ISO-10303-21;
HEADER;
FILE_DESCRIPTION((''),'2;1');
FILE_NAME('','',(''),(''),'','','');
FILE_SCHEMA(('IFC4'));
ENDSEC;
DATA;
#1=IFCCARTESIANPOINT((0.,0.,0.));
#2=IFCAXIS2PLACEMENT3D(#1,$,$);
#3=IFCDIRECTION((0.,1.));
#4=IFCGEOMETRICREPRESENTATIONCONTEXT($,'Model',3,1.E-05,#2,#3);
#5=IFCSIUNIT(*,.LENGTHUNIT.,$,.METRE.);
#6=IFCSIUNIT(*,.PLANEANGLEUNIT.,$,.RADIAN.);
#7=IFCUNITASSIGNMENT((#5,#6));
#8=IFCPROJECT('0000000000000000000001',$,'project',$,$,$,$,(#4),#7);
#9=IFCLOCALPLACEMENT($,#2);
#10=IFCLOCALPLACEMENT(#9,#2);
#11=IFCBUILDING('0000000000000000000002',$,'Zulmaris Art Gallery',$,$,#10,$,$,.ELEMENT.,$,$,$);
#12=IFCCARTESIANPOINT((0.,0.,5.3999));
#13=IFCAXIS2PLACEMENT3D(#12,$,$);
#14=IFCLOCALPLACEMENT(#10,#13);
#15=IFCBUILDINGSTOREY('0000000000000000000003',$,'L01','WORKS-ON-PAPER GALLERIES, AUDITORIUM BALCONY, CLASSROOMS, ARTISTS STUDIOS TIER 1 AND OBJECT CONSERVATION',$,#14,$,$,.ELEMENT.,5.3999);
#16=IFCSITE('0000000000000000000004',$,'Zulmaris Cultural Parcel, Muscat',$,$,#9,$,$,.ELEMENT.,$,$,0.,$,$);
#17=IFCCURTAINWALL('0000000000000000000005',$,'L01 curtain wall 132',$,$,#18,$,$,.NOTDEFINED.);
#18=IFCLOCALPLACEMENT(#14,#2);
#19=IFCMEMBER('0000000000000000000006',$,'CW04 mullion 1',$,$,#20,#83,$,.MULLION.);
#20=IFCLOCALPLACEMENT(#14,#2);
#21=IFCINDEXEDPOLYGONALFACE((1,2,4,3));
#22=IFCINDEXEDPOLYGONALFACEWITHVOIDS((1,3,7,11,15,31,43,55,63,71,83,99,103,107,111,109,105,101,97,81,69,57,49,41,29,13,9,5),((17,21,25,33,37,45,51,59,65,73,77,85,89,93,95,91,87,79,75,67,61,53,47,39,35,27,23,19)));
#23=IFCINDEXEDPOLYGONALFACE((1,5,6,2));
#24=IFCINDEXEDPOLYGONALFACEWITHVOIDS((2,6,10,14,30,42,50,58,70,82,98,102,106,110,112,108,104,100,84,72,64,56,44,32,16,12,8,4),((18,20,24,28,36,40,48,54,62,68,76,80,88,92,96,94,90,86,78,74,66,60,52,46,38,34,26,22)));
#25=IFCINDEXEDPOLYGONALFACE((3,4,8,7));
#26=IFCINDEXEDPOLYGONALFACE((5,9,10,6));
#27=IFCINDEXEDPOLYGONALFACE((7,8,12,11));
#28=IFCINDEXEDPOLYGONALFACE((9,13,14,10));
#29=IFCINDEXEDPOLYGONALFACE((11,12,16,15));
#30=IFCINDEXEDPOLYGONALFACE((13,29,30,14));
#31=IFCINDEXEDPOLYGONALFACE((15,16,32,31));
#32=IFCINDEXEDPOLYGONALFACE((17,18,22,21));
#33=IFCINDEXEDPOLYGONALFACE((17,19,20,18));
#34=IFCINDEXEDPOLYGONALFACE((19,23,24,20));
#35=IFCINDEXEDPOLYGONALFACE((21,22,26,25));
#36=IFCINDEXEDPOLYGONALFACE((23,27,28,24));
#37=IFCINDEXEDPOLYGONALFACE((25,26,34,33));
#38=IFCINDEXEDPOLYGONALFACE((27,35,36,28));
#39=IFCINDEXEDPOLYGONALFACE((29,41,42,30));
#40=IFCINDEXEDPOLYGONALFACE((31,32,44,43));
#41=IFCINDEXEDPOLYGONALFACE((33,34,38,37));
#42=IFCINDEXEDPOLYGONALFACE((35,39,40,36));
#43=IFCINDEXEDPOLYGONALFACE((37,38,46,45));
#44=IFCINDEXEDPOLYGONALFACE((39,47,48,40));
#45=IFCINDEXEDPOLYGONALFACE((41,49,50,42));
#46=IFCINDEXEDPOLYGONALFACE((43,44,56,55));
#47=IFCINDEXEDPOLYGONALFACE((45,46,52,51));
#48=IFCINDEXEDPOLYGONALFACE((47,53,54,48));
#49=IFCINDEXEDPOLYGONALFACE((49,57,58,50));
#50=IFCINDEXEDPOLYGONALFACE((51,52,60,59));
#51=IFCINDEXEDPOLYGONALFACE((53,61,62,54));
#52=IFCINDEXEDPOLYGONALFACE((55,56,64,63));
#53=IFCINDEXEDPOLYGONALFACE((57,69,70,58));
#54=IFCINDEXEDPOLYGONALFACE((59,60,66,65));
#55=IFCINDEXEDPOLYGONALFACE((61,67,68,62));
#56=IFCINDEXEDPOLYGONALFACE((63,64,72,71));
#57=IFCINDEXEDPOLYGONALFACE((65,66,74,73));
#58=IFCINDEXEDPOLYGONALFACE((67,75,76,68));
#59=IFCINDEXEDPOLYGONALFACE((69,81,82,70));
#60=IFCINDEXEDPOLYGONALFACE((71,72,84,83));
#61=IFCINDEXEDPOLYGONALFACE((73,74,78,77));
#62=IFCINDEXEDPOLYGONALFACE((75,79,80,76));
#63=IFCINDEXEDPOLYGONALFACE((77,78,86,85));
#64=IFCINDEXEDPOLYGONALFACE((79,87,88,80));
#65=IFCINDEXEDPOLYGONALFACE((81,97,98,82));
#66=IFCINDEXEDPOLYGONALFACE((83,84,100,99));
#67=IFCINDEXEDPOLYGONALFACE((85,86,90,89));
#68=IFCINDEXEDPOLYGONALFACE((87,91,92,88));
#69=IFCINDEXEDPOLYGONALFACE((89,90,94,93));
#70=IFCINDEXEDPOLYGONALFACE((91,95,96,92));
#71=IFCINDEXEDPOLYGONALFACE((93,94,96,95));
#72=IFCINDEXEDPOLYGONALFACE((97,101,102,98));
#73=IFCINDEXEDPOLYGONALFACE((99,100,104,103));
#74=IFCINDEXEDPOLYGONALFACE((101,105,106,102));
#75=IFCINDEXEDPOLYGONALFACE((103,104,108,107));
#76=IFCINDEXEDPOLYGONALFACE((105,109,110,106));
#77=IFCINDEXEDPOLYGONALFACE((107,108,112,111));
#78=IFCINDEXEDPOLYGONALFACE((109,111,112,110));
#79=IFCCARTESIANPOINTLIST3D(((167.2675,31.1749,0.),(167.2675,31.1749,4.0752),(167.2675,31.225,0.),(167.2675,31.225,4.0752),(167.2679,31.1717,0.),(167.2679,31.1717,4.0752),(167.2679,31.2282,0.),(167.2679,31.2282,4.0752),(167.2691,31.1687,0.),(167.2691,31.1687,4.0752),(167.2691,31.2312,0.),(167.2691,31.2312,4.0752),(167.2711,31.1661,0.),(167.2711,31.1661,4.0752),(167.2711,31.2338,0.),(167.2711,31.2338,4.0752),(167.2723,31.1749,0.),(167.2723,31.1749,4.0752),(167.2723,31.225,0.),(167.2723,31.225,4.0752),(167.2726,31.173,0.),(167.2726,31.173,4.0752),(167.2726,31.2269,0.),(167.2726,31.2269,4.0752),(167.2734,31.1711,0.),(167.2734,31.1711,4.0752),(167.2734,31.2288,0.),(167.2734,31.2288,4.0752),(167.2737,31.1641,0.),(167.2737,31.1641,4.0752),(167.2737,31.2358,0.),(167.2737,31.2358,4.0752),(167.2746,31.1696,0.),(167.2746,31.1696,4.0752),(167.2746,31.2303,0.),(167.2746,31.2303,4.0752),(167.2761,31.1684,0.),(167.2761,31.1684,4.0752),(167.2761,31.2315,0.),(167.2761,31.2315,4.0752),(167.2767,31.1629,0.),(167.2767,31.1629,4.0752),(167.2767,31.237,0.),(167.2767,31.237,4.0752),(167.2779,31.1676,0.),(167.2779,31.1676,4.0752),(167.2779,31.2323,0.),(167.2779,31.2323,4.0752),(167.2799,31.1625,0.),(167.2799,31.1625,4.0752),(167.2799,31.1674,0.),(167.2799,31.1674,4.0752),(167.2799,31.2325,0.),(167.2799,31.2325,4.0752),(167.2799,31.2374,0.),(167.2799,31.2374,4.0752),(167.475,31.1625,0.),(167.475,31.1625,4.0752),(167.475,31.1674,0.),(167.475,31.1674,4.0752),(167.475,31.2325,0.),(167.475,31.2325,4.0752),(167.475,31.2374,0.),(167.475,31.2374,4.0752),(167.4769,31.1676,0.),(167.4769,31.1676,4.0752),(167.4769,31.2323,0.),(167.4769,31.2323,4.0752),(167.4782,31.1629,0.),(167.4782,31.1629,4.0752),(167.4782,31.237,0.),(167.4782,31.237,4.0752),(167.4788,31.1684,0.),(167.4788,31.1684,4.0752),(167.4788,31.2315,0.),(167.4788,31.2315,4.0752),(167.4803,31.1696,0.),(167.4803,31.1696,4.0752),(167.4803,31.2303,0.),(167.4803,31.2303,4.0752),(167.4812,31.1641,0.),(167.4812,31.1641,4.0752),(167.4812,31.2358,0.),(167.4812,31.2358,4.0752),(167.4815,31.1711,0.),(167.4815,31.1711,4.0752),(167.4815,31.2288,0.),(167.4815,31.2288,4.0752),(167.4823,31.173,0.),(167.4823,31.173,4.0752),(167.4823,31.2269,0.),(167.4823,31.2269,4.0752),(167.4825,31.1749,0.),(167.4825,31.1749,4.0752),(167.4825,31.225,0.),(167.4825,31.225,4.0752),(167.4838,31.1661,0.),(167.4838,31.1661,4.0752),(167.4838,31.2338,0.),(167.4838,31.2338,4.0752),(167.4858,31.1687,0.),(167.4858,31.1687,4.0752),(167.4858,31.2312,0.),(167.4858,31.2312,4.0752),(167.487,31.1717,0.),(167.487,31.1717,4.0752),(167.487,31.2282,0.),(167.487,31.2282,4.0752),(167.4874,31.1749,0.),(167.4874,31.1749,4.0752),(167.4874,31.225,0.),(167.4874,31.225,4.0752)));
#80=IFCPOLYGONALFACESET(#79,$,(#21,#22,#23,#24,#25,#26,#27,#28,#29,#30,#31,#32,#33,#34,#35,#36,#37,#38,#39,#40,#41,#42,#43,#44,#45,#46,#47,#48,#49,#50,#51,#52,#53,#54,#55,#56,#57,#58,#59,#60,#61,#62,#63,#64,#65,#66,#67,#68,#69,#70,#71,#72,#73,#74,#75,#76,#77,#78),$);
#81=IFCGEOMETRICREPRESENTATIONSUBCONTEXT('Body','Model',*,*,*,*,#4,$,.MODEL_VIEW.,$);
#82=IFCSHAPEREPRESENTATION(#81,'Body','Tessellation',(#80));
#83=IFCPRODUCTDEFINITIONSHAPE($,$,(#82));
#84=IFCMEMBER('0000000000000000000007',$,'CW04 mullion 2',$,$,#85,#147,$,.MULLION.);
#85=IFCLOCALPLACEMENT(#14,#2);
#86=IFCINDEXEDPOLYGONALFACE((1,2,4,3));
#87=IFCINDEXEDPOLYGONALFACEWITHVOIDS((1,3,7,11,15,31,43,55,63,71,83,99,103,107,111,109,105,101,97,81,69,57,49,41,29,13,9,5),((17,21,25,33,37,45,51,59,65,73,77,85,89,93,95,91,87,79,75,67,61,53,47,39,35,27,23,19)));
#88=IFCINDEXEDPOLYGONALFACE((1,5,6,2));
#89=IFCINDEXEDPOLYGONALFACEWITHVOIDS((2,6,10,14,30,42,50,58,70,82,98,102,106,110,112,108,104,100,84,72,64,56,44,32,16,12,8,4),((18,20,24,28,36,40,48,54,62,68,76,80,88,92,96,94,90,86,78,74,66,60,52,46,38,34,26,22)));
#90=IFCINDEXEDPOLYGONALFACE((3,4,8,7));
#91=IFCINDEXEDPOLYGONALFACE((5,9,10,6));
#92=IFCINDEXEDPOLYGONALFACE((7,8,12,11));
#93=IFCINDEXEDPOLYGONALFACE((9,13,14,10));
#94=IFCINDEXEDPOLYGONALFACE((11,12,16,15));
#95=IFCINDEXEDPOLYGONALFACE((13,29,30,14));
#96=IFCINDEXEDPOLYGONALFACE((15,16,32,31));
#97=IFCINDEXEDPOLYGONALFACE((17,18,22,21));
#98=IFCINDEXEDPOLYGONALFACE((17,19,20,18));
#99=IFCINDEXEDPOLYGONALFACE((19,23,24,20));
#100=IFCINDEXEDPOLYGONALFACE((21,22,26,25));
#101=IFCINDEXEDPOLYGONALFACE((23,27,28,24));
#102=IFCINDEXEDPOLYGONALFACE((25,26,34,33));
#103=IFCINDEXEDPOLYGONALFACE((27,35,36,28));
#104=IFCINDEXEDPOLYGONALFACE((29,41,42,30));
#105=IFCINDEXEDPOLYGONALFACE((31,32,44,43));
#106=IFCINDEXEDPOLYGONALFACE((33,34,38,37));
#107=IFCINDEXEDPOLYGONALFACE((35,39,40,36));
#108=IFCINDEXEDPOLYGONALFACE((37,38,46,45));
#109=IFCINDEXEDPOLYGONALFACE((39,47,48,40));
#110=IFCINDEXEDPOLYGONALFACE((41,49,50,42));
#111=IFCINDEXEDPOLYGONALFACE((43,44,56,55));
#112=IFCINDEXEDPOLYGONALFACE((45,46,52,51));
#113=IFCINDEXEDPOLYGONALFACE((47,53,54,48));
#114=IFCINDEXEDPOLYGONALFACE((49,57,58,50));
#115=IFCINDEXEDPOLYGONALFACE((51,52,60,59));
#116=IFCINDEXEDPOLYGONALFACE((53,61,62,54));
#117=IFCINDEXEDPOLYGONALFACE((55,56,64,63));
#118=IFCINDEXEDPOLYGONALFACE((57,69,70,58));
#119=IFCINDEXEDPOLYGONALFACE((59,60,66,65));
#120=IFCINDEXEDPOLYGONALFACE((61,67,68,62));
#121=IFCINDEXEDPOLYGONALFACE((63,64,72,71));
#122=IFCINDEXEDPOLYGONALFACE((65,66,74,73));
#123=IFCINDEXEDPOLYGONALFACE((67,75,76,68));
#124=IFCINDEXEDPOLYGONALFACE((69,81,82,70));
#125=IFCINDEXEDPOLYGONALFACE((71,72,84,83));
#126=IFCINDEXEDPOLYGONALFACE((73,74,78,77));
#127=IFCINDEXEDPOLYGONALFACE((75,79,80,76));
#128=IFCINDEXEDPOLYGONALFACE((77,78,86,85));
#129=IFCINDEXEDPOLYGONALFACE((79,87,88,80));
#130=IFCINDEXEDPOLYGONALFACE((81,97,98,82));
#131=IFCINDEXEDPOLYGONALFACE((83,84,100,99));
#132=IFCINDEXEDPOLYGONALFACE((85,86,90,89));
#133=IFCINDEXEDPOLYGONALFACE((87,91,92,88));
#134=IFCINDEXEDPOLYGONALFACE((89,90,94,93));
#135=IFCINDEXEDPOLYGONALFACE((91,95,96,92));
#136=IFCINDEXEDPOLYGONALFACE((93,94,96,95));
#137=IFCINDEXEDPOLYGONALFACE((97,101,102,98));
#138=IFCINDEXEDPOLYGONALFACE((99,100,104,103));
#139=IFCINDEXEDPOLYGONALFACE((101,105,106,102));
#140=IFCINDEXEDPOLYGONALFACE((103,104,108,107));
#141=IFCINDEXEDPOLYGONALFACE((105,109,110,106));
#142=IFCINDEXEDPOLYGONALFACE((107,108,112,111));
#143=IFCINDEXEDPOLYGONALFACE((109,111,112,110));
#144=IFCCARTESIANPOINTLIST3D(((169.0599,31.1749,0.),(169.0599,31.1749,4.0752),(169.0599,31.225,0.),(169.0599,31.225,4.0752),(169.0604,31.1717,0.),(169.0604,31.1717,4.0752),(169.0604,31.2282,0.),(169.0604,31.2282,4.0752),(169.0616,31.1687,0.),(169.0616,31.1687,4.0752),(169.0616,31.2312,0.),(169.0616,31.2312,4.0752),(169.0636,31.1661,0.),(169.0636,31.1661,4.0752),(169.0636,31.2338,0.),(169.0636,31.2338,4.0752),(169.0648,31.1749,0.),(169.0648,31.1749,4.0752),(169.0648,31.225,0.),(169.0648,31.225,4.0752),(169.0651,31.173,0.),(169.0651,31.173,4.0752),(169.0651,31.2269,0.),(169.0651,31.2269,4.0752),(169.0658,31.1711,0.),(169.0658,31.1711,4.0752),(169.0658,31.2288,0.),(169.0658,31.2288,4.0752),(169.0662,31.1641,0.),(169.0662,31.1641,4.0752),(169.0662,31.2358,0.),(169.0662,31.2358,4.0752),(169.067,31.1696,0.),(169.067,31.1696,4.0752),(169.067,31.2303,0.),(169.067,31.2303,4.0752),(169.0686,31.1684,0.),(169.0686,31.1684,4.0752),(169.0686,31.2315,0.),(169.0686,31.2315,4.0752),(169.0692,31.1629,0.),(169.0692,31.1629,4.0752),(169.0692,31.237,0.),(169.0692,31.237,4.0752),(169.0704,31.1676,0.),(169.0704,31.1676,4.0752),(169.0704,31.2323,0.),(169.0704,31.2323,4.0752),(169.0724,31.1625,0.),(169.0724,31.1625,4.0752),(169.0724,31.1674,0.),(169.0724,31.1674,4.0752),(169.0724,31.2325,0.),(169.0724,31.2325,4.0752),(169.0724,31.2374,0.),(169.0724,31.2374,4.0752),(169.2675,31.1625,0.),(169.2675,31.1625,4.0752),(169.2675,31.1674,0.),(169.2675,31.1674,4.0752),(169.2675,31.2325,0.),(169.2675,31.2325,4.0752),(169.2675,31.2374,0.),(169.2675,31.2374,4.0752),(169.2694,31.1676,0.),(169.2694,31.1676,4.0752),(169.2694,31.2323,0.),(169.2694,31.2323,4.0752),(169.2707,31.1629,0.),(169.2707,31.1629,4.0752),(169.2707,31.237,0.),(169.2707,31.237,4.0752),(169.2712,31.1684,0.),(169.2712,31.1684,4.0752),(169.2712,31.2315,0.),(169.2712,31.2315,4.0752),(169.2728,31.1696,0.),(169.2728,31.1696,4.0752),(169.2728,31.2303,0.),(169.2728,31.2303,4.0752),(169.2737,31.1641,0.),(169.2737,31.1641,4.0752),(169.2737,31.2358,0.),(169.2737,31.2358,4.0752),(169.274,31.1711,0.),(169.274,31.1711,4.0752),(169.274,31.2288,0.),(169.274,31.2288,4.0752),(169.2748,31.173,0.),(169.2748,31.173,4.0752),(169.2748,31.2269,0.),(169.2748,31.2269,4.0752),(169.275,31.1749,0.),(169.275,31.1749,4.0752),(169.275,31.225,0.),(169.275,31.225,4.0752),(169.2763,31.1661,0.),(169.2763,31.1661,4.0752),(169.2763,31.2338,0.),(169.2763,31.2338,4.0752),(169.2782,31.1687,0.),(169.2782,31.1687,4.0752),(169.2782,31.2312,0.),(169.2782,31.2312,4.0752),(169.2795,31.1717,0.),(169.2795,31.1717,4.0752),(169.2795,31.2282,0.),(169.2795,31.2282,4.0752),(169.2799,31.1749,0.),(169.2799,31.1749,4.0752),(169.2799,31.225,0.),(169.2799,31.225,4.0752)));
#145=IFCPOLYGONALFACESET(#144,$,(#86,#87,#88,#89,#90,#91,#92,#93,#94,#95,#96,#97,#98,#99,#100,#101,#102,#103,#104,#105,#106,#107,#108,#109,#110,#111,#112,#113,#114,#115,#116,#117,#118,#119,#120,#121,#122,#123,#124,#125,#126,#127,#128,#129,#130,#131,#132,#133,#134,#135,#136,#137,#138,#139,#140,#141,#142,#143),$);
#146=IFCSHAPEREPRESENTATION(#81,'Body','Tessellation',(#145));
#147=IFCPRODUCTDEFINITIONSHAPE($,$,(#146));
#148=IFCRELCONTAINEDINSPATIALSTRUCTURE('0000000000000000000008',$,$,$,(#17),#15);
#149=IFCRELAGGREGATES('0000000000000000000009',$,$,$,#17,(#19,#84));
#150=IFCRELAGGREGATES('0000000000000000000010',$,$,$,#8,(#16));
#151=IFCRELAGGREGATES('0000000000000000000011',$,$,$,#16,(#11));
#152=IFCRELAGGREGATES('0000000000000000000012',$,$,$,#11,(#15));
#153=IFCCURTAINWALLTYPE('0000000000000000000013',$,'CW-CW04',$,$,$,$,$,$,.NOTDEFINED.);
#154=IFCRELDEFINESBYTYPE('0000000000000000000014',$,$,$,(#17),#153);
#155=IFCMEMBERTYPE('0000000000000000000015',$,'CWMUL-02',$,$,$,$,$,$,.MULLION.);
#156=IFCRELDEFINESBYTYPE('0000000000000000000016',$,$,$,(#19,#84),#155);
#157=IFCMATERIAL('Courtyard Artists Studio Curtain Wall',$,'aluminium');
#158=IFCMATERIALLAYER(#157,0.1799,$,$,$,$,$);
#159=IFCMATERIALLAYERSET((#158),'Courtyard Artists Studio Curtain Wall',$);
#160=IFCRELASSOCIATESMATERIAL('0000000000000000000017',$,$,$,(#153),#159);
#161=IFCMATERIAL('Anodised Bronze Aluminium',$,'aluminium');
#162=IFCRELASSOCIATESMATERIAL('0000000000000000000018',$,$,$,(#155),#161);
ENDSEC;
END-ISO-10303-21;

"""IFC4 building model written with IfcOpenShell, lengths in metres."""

from ifc_helpers import new_model, si_unit, direction, frame, origin, origin_2d, place, context, subcontext, project, spatial, hollow_rectangle, extrude, material, layer, layer_set, material_profile, profile_set, type_object, element, aggregate, save


model = new_model("IFC4")

# Units and contexts
model_context = context("Model", 3, precision=1e-05, world=origin(), true_north=direction((0.0, 1.0)))
body_context = subcontext(model_context, "Body", "Model", "MODEL_VIEW")
ifc_project = project(units=[si_unit("LENGTHUNIT", "METRE"), si_unit("PLANEANGLEUNIT", "RADIAN")], contexts=[model_context])

# Site, building, storey
site_placement = place(None, origin())
site = spatial("IfcSite", under=ifc_project, at=site_placement, Name="Zulmaris Cultural Parcel, Muscat", CompositionType="ELEMENT", RefElevation=0.0)
building_placement = place(site_placement, origin())
building = spatial("IfcBuilding", under=site, at=building_placement, Name="Zulmaris Art Gallery", CompositionType="ELEMENT")
storey_placement = place(building_placement, frame((0.0, 0.0, 5.3999)))
storey = spatial("IfcBuildingStorey", under=building, at=storey_placement, Name="L01", Description="WORKS-ON-PAPER GALLERIES, AUDITORIUM BALCONY, CLASSROOMS, ARTISTS STUDIOS TIER 1 AND OBJECT CONSERVATION", CompositionType="ELEMENT", Elevation=5.3999)

# Curtain wall, members
ifc_material_1 = material(Name="Courtyard Artists Studio Curtain Wall", Category="aluminium")
ifc_layer_1 = layer(ifc_material_1, 0.1799)
ifc_layer_set_1 = layer_set([ifc_layer_1], Name="Courtyard Artists Studio Curtain Wall")
curtain_wall_type = type_object("IfcCurtainWallType", Name="CW-CW04", PredefinedType="NOTDEFINED", material=ifc_layer_set_1)
ifc_material_2 = material(Name="Anodised Bronze Aluminium", Category="aluminium")
ifc_material_profile_1 = material_profile(ifc_material_2, hollow_rectangle(XDim=0.075, YDim=0.22, WallThickness=0.0049, InnerFilletRadius=0.0076, OuterFilletRadius=0.0125, at=origin_2d()), Name="ALU 75x220x5")
ifc_profile_set_1 = profile_set([ifc_material_profile_1], Name="Anodised Bronze Aluminium")
member_type_1 = type_object("IfcMemberType", Name="CWMUL-02", PredefinedType="MULLION", material=ifc_profile_set_1)
curtain_wall_1_placement = place(storey_placement, origin())
curtain_wall_1 = element("IfcCurtainWall", 1, at=curtain_wall_1_placement, inside=storey, type_object=curtain_wall_type, Name="L01 curtain wall 132", PredefinedType="NOTDEFINED")
member_1_placement = place(storey_placement, frame((167.3774, 31.2, 0.0), z_axis=(0.0, 0.0, 1.0), x_axis=(0.0, 1.0, 0.0)))
member_1 = element("IfcMember", 2, at=member_1_placement, type_object=member_type_1, Name="CW04 mullion 1", PredefinedType="MULLION", context=body_context, shape_type="SweptSolid", body=[
    extrude(hollow_rectangle(XDim=0.075, YDim=0.22, WallThickness=0.0049, InnerFilletRadius=0.0076, OuterFilletRadius=0.0125, at=origin_2d()), origin(), (0.0, 0.0, 1.0), 4.0752),
])
member_2_placement = place(storey_placement, frame((169.1699, 31.2, 0.0), z_axis=(0.0, 0.0, 1.0), x_axis=(0.0, 1.0, 0.0)))
member_2 = element("IfcMember", 3, at=member_2_placement, type_object=member_type_1, Name="CW04 mullion 2", PredefinedType="MULLION", context=body_context, shape_type="SweptSolid", body=[
    extrude(hollow_rectangle(XDim=0.075, YDim=0.22, WallThickness=0.0049, InnerFilletRadius=0.0076, OuterFilletRadius=0.0125, at=origin_2d()), origin(), (0.0, 0.0, 1.0), 4.0752),
])

aggregate(curtain_wall_1, [member_1, member_2])

save(model, "model.ifc")
